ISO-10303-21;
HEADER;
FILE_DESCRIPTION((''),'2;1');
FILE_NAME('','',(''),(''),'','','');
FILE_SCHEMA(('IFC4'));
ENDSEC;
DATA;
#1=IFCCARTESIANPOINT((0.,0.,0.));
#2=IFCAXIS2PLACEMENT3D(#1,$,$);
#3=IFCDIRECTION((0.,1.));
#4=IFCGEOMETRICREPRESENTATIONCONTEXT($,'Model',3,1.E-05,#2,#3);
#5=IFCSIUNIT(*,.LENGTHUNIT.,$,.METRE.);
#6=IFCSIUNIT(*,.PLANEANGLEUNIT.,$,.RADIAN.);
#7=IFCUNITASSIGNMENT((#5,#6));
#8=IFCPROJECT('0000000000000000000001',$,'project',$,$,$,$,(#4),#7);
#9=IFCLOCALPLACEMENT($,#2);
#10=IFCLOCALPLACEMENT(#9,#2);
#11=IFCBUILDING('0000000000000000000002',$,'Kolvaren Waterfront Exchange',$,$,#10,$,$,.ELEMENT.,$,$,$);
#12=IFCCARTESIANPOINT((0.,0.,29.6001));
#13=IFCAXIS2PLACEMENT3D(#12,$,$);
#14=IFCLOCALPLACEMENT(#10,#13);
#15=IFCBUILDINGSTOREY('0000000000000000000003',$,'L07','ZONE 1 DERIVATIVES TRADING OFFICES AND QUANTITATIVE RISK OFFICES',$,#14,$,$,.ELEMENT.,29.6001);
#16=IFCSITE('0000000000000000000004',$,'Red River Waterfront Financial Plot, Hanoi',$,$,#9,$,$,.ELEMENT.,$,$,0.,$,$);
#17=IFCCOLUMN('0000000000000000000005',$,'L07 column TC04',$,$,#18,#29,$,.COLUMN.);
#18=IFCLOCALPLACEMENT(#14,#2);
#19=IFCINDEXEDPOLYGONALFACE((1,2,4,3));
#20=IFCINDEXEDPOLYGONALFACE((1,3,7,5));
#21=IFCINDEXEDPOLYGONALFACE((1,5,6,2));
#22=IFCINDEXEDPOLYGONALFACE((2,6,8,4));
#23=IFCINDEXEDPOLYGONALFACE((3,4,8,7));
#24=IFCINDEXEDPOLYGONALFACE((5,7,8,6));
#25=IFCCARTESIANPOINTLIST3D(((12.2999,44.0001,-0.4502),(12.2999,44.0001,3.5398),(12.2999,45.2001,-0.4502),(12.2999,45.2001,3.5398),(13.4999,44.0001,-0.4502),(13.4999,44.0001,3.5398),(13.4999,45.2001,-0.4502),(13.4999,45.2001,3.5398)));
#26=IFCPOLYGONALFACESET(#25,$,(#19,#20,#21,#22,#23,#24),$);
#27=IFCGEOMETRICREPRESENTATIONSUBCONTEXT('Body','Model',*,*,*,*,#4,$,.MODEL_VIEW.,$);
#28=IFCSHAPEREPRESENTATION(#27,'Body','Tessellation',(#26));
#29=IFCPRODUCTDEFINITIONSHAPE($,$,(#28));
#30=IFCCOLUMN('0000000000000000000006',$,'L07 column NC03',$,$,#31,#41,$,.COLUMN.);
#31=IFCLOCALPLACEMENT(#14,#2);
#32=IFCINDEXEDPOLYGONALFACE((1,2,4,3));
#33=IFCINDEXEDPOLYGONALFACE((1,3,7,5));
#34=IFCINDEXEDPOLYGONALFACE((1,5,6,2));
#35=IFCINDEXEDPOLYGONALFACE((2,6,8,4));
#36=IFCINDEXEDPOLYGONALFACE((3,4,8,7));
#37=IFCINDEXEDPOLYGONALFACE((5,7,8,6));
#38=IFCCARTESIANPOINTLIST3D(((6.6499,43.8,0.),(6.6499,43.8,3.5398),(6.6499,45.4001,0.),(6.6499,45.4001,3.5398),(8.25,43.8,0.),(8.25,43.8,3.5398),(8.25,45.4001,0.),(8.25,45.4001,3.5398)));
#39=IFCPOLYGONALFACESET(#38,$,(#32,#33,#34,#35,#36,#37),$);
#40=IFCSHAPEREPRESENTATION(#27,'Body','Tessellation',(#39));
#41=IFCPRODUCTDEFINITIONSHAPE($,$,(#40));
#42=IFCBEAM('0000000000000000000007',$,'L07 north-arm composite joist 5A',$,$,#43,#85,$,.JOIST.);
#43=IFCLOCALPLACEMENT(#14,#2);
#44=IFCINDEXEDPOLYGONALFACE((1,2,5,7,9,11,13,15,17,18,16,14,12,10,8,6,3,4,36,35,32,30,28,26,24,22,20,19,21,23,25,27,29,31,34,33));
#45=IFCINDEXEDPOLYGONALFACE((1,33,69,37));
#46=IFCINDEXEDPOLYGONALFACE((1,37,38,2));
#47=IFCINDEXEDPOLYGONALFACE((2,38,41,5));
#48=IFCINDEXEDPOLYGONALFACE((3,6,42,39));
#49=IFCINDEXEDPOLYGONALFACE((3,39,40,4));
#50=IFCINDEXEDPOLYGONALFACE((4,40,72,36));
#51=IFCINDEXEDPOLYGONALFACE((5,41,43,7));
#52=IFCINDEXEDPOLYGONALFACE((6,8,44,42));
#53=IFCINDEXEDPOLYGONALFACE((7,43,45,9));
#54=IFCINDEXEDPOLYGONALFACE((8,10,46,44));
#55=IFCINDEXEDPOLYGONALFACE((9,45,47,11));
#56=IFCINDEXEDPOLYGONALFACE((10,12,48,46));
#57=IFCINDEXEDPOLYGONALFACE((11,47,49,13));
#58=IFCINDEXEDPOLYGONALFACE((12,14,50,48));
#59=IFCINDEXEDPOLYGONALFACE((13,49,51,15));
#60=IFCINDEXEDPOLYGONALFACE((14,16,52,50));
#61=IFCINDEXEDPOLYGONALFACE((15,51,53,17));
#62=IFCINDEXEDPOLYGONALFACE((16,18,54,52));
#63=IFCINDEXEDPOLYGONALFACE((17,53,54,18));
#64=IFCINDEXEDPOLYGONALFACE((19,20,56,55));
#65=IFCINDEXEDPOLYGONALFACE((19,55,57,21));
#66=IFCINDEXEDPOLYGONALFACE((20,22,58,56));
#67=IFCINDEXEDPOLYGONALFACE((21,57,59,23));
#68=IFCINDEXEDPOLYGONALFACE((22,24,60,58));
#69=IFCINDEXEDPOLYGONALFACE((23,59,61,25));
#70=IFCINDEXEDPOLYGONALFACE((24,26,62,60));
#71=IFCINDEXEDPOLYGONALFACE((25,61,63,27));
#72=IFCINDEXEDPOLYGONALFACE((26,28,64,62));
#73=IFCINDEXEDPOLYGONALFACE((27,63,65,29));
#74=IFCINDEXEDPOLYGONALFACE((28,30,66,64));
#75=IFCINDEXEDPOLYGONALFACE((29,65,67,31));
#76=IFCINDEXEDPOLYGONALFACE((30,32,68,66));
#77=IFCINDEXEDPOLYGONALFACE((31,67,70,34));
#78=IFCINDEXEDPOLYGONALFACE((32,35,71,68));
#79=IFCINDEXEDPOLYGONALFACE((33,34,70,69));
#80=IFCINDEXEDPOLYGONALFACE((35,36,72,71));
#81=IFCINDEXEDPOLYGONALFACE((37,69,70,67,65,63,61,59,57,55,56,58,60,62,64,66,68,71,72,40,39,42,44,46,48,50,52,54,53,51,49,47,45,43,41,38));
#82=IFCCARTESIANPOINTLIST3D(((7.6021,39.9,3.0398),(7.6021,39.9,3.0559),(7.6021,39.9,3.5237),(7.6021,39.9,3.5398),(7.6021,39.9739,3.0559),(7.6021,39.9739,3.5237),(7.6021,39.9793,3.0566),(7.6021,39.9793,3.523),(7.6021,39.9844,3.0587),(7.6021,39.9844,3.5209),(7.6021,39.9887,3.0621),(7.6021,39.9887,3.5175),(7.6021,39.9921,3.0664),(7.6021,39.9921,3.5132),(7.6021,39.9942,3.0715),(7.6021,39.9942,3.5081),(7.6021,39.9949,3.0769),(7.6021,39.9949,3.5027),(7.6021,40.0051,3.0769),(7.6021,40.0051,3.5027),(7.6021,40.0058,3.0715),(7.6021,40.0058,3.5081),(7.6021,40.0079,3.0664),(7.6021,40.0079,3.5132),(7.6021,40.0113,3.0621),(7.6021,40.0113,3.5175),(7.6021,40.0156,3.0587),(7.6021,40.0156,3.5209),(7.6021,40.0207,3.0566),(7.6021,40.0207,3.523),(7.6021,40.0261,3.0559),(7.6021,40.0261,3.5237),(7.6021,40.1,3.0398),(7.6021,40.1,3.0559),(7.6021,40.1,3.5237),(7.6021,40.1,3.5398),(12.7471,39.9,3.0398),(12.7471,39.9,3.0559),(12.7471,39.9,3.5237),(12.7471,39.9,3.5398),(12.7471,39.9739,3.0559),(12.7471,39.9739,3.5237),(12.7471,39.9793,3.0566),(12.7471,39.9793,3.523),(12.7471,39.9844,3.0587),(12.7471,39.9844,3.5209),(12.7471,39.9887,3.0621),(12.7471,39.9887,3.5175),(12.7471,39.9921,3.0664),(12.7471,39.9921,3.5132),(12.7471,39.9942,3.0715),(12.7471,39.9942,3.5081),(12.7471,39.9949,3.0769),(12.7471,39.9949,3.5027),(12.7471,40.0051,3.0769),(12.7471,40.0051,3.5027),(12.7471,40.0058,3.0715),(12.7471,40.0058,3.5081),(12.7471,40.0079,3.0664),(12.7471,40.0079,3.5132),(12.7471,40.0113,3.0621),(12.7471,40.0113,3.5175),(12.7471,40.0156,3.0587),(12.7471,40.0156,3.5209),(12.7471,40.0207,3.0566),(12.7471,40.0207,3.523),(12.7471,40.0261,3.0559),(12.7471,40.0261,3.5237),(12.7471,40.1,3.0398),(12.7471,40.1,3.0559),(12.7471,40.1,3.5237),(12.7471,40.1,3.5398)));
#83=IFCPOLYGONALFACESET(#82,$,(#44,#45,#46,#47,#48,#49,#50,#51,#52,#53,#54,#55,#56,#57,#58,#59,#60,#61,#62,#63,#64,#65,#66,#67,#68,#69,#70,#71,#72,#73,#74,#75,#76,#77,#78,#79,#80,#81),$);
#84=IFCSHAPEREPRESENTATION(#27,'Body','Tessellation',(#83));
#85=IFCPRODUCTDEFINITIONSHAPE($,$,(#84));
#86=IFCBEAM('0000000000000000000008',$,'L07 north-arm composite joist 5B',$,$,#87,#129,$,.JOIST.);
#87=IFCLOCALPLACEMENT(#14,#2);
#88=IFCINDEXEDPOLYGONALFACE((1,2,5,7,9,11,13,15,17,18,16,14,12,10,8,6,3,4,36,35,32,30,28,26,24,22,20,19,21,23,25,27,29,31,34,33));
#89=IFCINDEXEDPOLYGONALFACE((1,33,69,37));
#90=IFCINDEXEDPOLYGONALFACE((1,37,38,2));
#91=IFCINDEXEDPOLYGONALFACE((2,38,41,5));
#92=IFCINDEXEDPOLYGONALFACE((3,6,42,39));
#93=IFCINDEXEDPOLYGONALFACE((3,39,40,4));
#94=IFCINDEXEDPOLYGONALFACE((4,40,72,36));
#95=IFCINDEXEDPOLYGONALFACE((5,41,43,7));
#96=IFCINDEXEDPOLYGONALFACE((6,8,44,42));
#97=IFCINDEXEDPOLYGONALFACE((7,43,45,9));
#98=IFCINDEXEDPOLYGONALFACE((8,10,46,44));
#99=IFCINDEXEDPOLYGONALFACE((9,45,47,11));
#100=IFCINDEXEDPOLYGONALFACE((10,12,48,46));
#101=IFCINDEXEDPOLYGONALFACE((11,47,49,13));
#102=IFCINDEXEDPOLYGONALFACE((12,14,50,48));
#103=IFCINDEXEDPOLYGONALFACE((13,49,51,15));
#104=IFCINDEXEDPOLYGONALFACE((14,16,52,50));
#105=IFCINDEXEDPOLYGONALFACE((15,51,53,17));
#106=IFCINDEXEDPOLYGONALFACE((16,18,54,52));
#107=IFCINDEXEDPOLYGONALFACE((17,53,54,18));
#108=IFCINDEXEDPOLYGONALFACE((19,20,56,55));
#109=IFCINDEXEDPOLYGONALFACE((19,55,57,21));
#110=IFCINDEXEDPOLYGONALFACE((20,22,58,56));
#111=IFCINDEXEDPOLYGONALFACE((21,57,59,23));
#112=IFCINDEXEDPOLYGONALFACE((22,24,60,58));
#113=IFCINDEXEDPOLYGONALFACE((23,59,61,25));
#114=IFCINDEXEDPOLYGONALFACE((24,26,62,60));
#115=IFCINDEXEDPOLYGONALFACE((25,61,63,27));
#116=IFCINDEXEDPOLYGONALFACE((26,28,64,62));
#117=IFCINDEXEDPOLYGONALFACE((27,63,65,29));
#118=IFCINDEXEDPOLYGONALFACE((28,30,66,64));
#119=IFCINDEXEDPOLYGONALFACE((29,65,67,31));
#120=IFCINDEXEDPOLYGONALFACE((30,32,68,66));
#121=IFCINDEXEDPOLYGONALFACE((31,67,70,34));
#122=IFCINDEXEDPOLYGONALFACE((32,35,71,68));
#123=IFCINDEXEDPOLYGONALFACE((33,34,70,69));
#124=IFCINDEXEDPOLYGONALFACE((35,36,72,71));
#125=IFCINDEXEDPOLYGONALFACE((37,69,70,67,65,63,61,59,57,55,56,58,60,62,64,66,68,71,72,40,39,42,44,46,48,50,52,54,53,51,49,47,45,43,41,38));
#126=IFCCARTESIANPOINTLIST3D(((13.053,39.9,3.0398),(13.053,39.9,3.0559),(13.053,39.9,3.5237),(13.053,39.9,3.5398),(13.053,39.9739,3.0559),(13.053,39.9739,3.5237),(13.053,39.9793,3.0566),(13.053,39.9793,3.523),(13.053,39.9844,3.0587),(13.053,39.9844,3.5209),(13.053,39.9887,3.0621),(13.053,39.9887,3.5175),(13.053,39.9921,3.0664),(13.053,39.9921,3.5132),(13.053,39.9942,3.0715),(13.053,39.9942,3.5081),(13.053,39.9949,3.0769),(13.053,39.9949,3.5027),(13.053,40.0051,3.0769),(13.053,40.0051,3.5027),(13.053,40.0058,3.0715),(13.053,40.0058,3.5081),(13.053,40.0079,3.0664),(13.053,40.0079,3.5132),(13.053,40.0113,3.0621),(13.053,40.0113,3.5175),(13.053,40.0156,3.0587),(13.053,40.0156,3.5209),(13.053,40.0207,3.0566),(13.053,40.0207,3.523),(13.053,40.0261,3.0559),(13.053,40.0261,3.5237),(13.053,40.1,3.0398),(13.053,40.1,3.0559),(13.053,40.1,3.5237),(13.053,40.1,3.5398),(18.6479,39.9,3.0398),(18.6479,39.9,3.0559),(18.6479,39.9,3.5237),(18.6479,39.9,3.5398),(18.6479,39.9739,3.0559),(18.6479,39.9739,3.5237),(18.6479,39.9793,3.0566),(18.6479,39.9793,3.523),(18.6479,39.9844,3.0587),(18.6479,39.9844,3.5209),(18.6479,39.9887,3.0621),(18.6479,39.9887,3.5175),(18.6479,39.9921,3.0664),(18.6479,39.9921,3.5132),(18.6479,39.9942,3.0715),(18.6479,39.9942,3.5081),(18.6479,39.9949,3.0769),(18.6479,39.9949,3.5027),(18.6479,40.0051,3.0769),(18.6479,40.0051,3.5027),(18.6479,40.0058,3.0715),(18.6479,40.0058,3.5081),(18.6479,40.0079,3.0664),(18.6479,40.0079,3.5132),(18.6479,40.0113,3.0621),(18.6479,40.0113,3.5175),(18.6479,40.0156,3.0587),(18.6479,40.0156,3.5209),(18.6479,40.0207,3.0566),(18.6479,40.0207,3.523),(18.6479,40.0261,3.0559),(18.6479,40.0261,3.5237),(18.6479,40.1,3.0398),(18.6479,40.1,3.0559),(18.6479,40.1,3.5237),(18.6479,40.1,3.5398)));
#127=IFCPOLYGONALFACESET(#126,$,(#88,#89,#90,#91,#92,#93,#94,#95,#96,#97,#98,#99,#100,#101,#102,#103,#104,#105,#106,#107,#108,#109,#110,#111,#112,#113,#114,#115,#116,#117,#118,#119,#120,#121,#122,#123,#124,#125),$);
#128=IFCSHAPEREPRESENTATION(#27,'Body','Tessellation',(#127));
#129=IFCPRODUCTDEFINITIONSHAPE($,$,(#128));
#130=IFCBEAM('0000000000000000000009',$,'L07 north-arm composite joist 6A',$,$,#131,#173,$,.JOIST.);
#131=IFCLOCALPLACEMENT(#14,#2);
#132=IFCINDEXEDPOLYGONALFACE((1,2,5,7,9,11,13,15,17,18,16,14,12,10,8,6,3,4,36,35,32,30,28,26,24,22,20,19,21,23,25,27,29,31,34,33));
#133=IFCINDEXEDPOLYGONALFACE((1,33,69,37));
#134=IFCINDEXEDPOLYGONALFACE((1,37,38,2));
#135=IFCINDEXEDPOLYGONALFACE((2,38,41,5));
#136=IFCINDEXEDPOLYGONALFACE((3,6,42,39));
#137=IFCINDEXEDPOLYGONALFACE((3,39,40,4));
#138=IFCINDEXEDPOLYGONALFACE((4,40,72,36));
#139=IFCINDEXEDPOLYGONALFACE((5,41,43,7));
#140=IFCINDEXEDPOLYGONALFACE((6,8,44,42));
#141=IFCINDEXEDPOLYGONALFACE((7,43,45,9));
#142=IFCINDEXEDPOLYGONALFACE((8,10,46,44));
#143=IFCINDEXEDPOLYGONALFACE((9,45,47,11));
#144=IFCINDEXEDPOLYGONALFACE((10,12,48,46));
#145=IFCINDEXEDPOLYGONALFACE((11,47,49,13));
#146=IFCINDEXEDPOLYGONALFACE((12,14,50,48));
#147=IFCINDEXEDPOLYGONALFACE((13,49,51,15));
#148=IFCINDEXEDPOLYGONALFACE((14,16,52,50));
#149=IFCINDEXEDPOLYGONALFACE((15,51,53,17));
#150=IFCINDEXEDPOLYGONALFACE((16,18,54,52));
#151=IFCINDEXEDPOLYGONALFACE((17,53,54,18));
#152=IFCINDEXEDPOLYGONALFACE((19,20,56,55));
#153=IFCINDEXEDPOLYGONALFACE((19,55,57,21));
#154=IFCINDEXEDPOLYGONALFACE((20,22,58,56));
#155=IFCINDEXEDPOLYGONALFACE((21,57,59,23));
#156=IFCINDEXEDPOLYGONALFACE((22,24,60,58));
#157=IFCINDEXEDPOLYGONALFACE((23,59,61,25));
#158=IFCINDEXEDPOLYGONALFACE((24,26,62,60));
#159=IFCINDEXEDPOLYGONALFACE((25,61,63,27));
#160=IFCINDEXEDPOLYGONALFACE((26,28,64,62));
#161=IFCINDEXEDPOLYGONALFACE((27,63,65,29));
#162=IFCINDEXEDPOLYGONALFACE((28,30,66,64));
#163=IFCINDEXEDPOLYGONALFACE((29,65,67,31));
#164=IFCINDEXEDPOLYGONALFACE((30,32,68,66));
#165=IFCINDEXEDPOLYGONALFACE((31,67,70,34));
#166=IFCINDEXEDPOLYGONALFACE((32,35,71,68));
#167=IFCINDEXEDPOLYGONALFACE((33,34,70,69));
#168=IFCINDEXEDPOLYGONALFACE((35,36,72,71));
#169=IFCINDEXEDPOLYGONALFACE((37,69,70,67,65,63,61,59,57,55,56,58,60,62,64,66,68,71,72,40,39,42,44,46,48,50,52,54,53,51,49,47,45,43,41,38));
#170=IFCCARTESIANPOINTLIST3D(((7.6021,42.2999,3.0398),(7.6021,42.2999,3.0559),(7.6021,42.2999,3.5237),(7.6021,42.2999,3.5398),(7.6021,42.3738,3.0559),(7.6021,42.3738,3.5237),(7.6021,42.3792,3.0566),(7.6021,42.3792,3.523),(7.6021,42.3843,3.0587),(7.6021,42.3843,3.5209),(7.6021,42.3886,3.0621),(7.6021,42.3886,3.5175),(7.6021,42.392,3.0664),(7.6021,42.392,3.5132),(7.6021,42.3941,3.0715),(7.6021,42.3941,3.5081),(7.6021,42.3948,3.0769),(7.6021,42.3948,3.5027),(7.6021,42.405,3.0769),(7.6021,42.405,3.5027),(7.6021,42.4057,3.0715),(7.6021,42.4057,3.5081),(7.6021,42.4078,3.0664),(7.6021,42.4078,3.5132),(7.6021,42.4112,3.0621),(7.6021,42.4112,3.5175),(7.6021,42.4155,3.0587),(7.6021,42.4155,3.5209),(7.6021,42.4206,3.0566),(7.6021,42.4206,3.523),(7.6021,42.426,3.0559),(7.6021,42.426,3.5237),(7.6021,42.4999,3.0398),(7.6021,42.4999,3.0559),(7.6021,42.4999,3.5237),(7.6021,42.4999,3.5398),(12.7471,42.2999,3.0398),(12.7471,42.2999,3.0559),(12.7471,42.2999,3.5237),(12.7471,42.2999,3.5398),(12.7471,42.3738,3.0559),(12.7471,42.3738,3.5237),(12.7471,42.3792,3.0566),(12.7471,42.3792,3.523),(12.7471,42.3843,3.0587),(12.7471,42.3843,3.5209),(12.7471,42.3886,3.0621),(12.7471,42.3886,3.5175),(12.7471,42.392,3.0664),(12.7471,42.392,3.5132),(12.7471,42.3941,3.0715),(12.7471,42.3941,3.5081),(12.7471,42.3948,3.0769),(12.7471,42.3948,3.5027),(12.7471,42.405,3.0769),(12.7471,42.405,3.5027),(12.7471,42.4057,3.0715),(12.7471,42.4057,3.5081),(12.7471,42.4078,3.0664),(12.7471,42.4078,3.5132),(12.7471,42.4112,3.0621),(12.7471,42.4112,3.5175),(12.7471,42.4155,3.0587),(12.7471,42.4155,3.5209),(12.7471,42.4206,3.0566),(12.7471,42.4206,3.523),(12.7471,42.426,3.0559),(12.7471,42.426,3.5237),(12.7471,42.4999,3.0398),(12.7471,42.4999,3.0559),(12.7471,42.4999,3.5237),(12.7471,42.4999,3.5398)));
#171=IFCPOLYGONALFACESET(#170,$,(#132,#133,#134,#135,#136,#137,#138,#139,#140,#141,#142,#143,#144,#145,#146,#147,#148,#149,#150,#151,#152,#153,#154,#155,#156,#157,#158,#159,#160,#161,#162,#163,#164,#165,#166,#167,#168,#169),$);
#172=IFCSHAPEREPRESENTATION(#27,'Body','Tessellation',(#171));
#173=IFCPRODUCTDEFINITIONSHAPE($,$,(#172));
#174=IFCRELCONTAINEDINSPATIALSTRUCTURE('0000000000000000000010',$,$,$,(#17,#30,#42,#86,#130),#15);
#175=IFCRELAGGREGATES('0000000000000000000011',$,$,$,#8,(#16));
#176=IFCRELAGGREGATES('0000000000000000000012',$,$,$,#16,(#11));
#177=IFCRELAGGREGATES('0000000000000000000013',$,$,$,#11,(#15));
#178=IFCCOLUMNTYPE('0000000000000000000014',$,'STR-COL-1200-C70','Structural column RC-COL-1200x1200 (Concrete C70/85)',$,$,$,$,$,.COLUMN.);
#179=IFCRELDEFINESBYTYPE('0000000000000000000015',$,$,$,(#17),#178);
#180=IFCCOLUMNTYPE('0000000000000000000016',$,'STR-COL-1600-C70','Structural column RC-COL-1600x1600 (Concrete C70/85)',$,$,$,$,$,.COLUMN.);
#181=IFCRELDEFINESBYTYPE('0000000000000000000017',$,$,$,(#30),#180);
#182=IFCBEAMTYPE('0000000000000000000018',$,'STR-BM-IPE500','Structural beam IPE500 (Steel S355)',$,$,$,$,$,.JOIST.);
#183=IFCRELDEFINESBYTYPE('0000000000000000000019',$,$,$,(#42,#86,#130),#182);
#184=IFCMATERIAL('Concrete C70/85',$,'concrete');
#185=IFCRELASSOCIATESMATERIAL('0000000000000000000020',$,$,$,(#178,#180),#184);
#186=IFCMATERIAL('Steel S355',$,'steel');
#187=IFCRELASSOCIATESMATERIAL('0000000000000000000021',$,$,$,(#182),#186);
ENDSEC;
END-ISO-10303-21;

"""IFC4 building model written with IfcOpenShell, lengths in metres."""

from ifc_helpers import new_model, si_unit, direction, frame, origin, origin_2d, place, context, subcontext, project, spatial, rectangle, i_section, extrude, material, material_profile, profile_set, type_object, element, save


model = new_model("IFC4")

# Units and contexts
model_context = context("Model", 3, precision=1e-05, world=origin(), true_north=direction((0.0, 1.0)))
body_context = subcontext(model_context, "Body", "Model", "MODEL_VIEW")
ifc_project = project(units=[si_unit("LENGTHUNIT", "METRE"), si_unit("PLANEANGLEUNIT", "RADIAN")], contexts=[model_context])

# Site, building, storey
site_placement = place(None, origin())
site = spatial("IfcSite", under=ifc_project, at=site_placement, Name="Red River Waterfront Financial Plot, Hanoi", CompositionType="ELEMENT", RefElevation=0.0)
building_placement = place(site_placement, origin())
building = spatial("IfcBuilding", under=site, at=building_placement, Name="Kolvaren Waterfront Exchange", CompositionType="ELEMENT")
storey_placement = place(building_placement, frame((0.0, 0.0, 29.6001)))
storey = spatial("IfcBuildingStorey", under=building, at=storey_placement, Name="L07", Description="ZONE 1 DERIVATIVES TRADING OFFICES AND QUANTITATIVE RISK OFFICES", CompositionType="ELEMENT", Elevation=29.6001)

# Columns
ifc_material_1 = material(Name="Concrete C70/85", Category="concrete")
ifc_material_profile_1 = material_profile(ifc_material_1, rectangle(XDim=1.2, YDim=1.2, at=origin_2d()), Name="RC-COL-1200x1200")
ifc_profile_set_1 = profile_set([ifc_material_profile_1], Name="Concrete C70/85")
column_type_1 = type_object("IfcColumnType", Name="STR-COL-1200-C70", Description="Structural column RC-COL-1200x1200 (Concrete C70/85)", PredefinedType="COLUMN", material=ifc_profile_set_1)
column_1_placement = place(storey_placement, frame((12.8999, 44.6001, -0.4502), z_axis=(0.0, 0.0, 1.0), x_axis=(1.0, 0.0, 0.0)))
element("IfcColumn", 1, at=column_1_placement, inside=storey, type_object=column_type_1, Name="L07 column TC04", PredefinedType="COLUMN", context=body_context, shape_type="SweptSolid", body=[
    extrude(rectangle(XDim=1.2, YDim=1.2, at=origin_2d()), origin(), (0.0, 0.0, 1.0), 3.99),
])
ifc_material_profile_2 = material_profile(ifc_material_1, rectangle(XDim=1.6001, YDim=1.6001, at=origin_2d()), Name="RC-COL-1600x1600")
ifc_profile_set_2 = profile_set([ifc_material_profile_2], Name="Concrete C70/85")
column_type_2 = type_object("IfcColumnType", Name="STR-COL-1600-C70", Description="Structural column RC-COL-1600x1600 (Concrete C70/85)", PredefinedType="COLUMN", material=ifc_profile_set_2)
column_2_placement = place(storey_placement, frame((7.45, 44.6001, 0.0), z_axis=(0.0, 0.0, 1.0), x_axis=(1.0, 0.0, 0.0)))
element("IfcColumn", 2, at=column_2_placement, inside=storey, type_object=column_type_2, Name="L07 column NC03", PredefinedType="COLUMN", context=body_context, shape_type="SweptSolid", body=[
    extrude(rectangle(XDim=1.6001, YDim=1.6001, at=origin_2d()), origin(), (0.0, 0.0, 1.0), 3.5398),
])

# Beams
ifc_material_2 = material(Name="Steel S355", Category="steel")
ifc_material_profile_3 = material_profile(ifc_material_2, i_section(OverallWidth=0.2, OverallDepth=0.5, WebThickness=0.0103, FlangeThickness=0.0161, FilletRadius=0.021, at=origin_2d()), Name="IPE500")
ifc_profile_set_3 = profile_set([ifc_material_profile_3], Name="Steel S355")
beam_type_1 = type_object("IfcBeamType", Name="STR-BM-IPE500", Description="Structural beam IPE500 (Steel S355)", PredefinedType="JOIST", material=ifc_profile_set_3)
beam_1_placement = place(storey_placement, frame((7.6021, 40.0, 3.2898), z_axis=(1.0, 0.0, 0.0), x_axis=(0.0, 1.0, 0.0)))
element("IfcBeam", 3, at=beam_1_placement, inside=storey, type_object=beam_type_1, Name="L07 north-arm composite joist 5A", PredefinedType="JOIST", context=body_context, shape_type="SweptSolid", body=[
    extrude(i_section(OverallWidth=0.2, OverallDepth=0.5, WebThickness=0.0103, FlangeThickness=0.0161, FilletRadius=0.021, at=origin_2d()), origin(), (0.0, 0.0, 1.0), 5.145),
])
beam_2_placement = place(storey_placement, frame((13.053, 40.0, 3.2898), z_axis=(1.0, 0.0, 0.0), x_axis=(0.0, 1.0, 0.0)))
element("IfcBeam", 4, at=beam_2_placement, inside=storey, type_object=beam_type_1, Name="L07 north-arm composite joist 5B", PredefinedType="JOIST", context=body_context, shape_type="SweptSolid", body=[
    extrude(i_section(OverallWidth=0.2, OverallDepth=0.5, WebThickness=0.0103, FlangeThickness=0.0161, FilletRadius=0.021, at=origin_2d()), origin(), (0.0, 0.0, 1.0), 5.595),
])
beam_3_placement = place(storey_placement, frame((7.6021, 42.3999, 3.2898), z_axis=(1.0, 0.0, 0.0), x_axis=(0.0, 1.0, 0.0)))
element("IfcBeam", 5, at=beam_3_placement, inside=storey, type_object=beam_type_1, Name="L07 north-arm composite joist 6A", PredefinedType="JOIST", context=body_context, shape_type="SweptSolid", body=[
    extrude(i_section(OverallWidth=0.2, OverallDepth=0.5, WebThickness=0.0103, FlangeThickness=0.0161, FilletRadius=0.021, at=origin_2d()), origin(), (0.0, 0.0, 1.0), 5.145),
])

save(model, "model.ifc")
